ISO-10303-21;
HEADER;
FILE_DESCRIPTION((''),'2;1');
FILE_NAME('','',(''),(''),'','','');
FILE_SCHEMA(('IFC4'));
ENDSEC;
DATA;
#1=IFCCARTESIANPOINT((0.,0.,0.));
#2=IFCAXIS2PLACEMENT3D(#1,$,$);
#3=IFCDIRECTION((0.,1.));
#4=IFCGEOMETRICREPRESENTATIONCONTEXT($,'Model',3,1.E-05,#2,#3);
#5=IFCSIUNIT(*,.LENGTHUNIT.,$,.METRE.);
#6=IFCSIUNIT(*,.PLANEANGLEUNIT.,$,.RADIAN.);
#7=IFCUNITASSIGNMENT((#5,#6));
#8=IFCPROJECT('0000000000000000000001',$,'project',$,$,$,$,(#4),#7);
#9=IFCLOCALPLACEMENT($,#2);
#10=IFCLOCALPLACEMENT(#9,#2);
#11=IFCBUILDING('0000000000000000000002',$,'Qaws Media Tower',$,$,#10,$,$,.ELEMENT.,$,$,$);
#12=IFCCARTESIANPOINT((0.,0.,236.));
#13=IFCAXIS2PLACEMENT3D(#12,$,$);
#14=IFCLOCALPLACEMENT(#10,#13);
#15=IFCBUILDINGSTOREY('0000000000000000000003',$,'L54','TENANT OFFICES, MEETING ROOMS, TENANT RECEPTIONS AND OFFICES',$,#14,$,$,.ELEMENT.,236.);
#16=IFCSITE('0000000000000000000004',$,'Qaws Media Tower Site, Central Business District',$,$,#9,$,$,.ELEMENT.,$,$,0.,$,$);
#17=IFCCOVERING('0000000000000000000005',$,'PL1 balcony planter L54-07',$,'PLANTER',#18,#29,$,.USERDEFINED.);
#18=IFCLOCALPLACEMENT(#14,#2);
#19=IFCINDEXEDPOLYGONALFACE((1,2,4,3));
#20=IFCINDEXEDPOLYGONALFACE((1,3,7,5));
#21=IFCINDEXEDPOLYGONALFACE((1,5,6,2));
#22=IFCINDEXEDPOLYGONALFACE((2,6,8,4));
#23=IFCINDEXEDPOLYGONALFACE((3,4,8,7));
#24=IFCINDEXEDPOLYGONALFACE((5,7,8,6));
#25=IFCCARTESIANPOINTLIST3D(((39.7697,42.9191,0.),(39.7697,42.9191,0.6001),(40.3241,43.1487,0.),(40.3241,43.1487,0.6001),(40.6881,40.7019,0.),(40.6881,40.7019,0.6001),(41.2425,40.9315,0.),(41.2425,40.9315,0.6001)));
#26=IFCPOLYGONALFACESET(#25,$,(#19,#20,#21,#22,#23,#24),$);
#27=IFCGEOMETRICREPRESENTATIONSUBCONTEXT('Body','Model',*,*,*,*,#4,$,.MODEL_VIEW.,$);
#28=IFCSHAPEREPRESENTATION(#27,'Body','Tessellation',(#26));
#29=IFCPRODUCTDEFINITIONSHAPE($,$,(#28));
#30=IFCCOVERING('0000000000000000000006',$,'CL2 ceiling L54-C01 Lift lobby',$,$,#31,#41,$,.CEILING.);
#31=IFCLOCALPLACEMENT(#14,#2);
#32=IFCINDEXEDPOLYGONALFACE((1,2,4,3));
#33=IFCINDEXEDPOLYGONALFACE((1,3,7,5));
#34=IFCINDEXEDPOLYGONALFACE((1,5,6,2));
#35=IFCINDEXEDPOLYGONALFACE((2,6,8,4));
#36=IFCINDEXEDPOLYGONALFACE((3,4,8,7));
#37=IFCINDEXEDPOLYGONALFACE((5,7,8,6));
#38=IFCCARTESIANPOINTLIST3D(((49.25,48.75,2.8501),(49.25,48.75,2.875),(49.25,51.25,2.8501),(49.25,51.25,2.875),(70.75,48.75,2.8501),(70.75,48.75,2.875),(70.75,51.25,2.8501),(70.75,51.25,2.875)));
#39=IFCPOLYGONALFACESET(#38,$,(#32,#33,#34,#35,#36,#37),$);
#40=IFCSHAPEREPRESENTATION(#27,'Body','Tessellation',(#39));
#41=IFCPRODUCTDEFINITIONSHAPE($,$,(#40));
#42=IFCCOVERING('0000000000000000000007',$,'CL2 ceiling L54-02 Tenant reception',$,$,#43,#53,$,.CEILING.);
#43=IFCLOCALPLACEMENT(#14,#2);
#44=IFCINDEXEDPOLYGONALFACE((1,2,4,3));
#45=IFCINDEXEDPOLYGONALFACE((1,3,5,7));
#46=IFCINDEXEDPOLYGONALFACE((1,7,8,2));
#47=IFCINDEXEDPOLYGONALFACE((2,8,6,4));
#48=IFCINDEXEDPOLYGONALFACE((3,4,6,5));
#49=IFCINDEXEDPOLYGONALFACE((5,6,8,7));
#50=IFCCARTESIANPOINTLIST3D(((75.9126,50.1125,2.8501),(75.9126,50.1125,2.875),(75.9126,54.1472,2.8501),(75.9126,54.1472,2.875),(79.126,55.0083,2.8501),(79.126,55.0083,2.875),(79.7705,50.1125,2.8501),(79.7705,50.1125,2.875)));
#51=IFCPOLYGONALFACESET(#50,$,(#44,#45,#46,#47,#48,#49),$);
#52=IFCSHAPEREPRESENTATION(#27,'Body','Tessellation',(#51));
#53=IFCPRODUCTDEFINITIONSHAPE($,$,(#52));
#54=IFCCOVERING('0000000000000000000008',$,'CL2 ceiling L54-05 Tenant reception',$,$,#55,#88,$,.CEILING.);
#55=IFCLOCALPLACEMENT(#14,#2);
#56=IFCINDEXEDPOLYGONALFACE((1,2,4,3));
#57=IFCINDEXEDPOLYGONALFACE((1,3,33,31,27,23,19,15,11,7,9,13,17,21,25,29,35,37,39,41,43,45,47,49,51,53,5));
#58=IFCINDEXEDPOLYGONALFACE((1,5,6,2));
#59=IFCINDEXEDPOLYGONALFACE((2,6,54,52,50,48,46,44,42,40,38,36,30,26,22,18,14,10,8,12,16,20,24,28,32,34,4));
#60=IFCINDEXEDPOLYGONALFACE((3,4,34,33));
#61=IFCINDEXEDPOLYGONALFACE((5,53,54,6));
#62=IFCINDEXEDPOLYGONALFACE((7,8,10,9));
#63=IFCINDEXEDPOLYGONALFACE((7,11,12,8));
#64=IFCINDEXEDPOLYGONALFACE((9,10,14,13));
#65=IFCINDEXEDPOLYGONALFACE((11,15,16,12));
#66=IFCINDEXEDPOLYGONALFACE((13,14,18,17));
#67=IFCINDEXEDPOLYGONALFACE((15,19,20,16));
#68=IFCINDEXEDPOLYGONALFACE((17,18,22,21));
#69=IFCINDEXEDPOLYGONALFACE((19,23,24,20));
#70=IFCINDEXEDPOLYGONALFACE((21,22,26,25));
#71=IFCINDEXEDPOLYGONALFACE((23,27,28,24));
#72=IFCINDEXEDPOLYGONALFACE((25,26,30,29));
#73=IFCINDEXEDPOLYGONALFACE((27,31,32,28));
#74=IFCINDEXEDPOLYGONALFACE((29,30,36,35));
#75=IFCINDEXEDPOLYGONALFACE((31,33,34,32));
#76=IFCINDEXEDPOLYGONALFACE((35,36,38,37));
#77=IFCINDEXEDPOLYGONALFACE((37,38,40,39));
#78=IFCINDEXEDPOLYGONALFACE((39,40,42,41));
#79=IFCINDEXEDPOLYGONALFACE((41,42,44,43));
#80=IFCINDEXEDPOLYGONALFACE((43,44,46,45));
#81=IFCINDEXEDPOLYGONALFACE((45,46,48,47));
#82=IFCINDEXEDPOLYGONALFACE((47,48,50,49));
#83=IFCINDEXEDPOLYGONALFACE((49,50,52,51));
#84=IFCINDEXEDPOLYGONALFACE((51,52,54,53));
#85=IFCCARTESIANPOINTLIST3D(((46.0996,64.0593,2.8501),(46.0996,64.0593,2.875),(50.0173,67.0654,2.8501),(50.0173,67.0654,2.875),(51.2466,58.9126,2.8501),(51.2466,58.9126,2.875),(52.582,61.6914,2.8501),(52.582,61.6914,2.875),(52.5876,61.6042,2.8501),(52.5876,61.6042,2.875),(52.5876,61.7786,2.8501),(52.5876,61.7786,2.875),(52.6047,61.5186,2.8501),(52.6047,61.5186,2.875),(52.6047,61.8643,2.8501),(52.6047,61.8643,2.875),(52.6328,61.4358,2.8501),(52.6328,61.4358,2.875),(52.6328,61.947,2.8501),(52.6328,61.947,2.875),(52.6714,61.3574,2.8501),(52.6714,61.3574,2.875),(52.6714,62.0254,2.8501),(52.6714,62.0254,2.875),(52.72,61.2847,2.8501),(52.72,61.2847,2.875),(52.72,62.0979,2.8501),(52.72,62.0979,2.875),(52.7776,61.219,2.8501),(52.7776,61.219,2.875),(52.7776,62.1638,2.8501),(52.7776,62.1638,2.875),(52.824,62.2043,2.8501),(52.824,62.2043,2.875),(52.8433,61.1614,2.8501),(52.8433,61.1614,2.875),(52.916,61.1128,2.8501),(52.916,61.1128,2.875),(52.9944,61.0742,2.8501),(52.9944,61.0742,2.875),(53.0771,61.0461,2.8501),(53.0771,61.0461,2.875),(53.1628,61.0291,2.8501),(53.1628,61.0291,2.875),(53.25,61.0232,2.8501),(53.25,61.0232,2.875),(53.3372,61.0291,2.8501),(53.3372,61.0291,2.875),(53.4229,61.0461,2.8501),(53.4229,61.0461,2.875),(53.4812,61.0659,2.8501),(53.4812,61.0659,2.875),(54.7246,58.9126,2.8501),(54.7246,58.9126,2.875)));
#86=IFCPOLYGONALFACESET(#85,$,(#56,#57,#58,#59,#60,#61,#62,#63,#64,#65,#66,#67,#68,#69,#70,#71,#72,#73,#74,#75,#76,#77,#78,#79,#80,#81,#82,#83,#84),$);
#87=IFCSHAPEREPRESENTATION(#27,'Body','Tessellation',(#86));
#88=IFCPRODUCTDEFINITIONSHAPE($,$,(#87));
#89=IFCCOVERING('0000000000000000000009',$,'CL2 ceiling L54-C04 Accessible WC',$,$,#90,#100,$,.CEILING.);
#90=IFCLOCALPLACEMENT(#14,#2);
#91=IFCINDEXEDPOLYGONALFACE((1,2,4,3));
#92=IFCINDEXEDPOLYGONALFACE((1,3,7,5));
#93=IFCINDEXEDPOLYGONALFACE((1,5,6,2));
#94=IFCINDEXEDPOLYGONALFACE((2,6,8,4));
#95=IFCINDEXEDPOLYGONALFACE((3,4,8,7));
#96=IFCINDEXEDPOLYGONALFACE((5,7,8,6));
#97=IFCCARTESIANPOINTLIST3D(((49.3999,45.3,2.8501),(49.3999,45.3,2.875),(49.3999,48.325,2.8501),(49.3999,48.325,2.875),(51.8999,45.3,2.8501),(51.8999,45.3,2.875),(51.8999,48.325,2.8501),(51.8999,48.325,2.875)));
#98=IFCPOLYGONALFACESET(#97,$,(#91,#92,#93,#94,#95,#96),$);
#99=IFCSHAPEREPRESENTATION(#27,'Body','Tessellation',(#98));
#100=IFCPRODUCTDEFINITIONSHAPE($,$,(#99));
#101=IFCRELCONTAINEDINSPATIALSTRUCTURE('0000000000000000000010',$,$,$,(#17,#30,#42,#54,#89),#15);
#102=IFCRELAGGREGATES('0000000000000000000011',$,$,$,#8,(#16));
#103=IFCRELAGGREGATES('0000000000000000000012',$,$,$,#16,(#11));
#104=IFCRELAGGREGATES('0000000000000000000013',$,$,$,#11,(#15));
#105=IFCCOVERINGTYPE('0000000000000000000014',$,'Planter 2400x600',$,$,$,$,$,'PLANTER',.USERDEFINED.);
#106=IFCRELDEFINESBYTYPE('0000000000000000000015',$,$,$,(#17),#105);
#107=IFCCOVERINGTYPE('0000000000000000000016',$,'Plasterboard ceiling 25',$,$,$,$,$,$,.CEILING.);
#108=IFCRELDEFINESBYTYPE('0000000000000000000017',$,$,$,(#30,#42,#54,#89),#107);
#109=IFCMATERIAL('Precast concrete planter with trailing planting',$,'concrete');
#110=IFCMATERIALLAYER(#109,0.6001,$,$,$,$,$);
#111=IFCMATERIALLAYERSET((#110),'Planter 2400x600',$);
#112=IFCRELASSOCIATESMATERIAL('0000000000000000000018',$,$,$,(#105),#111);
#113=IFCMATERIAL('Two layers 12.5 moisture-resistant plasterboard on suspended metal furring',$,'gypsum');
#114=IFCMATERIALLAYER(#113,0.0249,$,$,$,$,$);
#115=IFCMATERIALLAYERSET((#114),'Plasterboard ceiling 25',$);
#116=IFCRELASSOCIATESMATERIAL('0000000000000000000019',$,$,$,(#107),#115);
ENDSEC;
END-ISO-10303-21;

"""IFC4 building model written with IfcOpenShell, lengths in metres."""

from ifc_helpers import new_model, si_unit, direction, frame, origin, origin_2d, place, context, subcontext, project, spatial, polyline, rectangle, outline, extrude, material, layer, layer_set, type_object, element, save


model = new_model("IFC4")

# Units and contexts
model_context = context("Model", 3, precision=1e-05, world=origin(), true_north=direction((0.0, 1.0)))
body_context = subcontext(model_context, "Body", "Model", "MODEL_VIEW")
ifc_project = project(units=[si_unit("LENGTHUNIT", "METRE"), si_unit("PLANEANGLEUNIT", "RADIAN")], contexts=[model_context])

# Site, building, storey
site_placement = place(None, origin())
site = spatial("IfcSite", under=ifc_project, at=site_placement, Name="Qaws Media Tower Site, Central Business District", CompositionType="ELEMENT", RefElevation=0.0)
building_placement = place(site_placement, origin())
building = spatial("IfcBuilding", under=site, at=building_placement, Name="Qaws Media Tower", CompositionType="ELEMENT")
storey_placement = place(building_placement, frame((0.0, 0.0, 236.0)))
storey = spatial("IfcBuildingStorey", under=building, at=storey_placement, Name="L54", Description="TENANT OFFICES, MEETING ROOMS, TENANT RECEPTIONS AND OFFICES", CompositionType="ELEMENT", Elevation=236.0)

# Coverings
ifc_material_1 = material(Name="Precast concrete planter with trailing planting", Category="concrete")
ifc_layer_1 = layer(ifc_material_1, 0.6001)
ifc_layer_set_1 = layer_set([ifc_layer_1], Name="Planter 2400x600")
covering_type_1 = type_object("IfcCoveringType", Name="Planter 2400x600", ElementType="PLANTER", PredefinedType="USERDEFINED", material=ifc_layer_set_1)
covering_1_placement = place(storey_placement, frame((40.5061, 41.9253, 0.0), z_axis=(0.0, 0.0, 1.0), x_axis=(0.382683, -0.92388, 0.0)))
element("IfcCovering", 1, at=covering_1_placement, inside=storey, type_object=covering_type_1, Name="PL1 balcony planter L54-07", ObjectType="PLANTER", PredefinedType="USERDEFINED", context=body_context, shape_type="SweptSolid", body=[
    extrude(rectangle(XDim=2.3999, YDim=0.6001, at=origin_2d()), origin(), (0.0, 0.0, 1.0), 0.6001),
])
ifc_material_2 = material(Name="Two layers 12.5 moisture-resistant plasterboard on suspended metal furring", Category="gypsum")
ifc_layer_2 = layer(ifc_material_2, 0.0249)
ifc_layer_set_2 = layer_set([ifc_layer_2], Name="Plasterboard ceiling 25")
covering_type_2 = type_object("IfcCoveringType", Name="Plasterboard ceiling 25", PredefinedType="CEILING", material=ifc_layer_set_2)
covering_2_placement = place(storey_placement, frame((0.0, 0.0, 2.8501)))
element("IfcCovering", 2, at=covering_2_placement, inside=storey, type_object=covering_type_2, Name="CL2 ceiling L54-C01 Lift lobby", PredefinedType="CEILING", context=body_context, shape_type="SweptSolid", body=[
    extrude(outline(polyline([(49.25, 48.75), (49.25, 51.25), (70.75, 51.25), (70.75, 48.75), (49.25, 48.75)])), origin(), (0.0, 0.0, 1.0), 0.0249),
])
covering_3_placement = place(storey_placement, frame((0.0, 0.0, 2.8501)))
element("IfcCovering", 3, at=covering_3_placement, inside=storey, type_object=covering_type_2, Name="CL2 ceiling L54-02 Tenant reception", PredefinedType="CEILING", context=body_context, shape_type="SweptSolid", body=[
    extrude(outline(polyline([(79.7705, 50.1125), (75.9126, 50.1125), (75.9126, 54.1472), (79.126, 55.0083), (79.7705, 50.1125)])), origin(), (0.0, 0.0, 1.0), 0.0249),
])
covering_4_placement = place(storey_placement, frame((0.0, 0.0, 2.8501)))
element("IfcCovering", 4, at=covering_4_placement, inside=storey, type_object=covering_type_2, Name="CL2 ceiling L54-05 Tenant reception", PredefinedType="CEILING", context=body_context, shape_type="SweptSolid", body=[
    extrude(outline(polyline([(50.0173, 67.0654), (52.824, 62.2043), (52.7776, 62.1638), (52.72, 62.0979), (52.6714, 62.0254), (52.6328, 61.947), (52.6047, 61.8643), (52.5876, 61.7786), (52.582, 61.6914), (52.5876, 61.6042), (52.6047, 61.5186), (52.6328, 61.4358), (52.6714, 61.3574), (52.72, 61.2847), (52.7776, 61.219), (52.8433, 61.1614), (52.916, 61.1128), (52.9944, 61.0742), (53.0771, 61.0461), (53.1628, 61.0291), (53.25, 61.0232), (53.3372, 61.0291), (53.4229, 61.0461), (53.4812, 61.0659), (54.7246, 58.9126), (51.2466, 58.9126), (46.0996, 64.0593), (50.0173, 67.0654)])), origin(), (0.0, 0.0, 1.0), 0.0249),
])
covering_5_placement = place(storey_placement, frame((0.0, 0.0, 2.8501)))
element("IfcCovering", 5, at=covering_5_placement, inside=storey, type_object=covering_type_2, Name="CL2 ceiling L54-C04 Accessible WC", PredefinedType="CEILING", context=body_context, shape_type="SweptSolid", body=[
    extrude(outline(polyline([(49.3999, 45.3), (49.3999, 48.325), (51.8999, 48.325), (51.8999, 45.3), (49.3999, 45.3)])), origin(), (0.0, 0.0, 1.0), 0.0249),
])

save(model, "model.ifc")
